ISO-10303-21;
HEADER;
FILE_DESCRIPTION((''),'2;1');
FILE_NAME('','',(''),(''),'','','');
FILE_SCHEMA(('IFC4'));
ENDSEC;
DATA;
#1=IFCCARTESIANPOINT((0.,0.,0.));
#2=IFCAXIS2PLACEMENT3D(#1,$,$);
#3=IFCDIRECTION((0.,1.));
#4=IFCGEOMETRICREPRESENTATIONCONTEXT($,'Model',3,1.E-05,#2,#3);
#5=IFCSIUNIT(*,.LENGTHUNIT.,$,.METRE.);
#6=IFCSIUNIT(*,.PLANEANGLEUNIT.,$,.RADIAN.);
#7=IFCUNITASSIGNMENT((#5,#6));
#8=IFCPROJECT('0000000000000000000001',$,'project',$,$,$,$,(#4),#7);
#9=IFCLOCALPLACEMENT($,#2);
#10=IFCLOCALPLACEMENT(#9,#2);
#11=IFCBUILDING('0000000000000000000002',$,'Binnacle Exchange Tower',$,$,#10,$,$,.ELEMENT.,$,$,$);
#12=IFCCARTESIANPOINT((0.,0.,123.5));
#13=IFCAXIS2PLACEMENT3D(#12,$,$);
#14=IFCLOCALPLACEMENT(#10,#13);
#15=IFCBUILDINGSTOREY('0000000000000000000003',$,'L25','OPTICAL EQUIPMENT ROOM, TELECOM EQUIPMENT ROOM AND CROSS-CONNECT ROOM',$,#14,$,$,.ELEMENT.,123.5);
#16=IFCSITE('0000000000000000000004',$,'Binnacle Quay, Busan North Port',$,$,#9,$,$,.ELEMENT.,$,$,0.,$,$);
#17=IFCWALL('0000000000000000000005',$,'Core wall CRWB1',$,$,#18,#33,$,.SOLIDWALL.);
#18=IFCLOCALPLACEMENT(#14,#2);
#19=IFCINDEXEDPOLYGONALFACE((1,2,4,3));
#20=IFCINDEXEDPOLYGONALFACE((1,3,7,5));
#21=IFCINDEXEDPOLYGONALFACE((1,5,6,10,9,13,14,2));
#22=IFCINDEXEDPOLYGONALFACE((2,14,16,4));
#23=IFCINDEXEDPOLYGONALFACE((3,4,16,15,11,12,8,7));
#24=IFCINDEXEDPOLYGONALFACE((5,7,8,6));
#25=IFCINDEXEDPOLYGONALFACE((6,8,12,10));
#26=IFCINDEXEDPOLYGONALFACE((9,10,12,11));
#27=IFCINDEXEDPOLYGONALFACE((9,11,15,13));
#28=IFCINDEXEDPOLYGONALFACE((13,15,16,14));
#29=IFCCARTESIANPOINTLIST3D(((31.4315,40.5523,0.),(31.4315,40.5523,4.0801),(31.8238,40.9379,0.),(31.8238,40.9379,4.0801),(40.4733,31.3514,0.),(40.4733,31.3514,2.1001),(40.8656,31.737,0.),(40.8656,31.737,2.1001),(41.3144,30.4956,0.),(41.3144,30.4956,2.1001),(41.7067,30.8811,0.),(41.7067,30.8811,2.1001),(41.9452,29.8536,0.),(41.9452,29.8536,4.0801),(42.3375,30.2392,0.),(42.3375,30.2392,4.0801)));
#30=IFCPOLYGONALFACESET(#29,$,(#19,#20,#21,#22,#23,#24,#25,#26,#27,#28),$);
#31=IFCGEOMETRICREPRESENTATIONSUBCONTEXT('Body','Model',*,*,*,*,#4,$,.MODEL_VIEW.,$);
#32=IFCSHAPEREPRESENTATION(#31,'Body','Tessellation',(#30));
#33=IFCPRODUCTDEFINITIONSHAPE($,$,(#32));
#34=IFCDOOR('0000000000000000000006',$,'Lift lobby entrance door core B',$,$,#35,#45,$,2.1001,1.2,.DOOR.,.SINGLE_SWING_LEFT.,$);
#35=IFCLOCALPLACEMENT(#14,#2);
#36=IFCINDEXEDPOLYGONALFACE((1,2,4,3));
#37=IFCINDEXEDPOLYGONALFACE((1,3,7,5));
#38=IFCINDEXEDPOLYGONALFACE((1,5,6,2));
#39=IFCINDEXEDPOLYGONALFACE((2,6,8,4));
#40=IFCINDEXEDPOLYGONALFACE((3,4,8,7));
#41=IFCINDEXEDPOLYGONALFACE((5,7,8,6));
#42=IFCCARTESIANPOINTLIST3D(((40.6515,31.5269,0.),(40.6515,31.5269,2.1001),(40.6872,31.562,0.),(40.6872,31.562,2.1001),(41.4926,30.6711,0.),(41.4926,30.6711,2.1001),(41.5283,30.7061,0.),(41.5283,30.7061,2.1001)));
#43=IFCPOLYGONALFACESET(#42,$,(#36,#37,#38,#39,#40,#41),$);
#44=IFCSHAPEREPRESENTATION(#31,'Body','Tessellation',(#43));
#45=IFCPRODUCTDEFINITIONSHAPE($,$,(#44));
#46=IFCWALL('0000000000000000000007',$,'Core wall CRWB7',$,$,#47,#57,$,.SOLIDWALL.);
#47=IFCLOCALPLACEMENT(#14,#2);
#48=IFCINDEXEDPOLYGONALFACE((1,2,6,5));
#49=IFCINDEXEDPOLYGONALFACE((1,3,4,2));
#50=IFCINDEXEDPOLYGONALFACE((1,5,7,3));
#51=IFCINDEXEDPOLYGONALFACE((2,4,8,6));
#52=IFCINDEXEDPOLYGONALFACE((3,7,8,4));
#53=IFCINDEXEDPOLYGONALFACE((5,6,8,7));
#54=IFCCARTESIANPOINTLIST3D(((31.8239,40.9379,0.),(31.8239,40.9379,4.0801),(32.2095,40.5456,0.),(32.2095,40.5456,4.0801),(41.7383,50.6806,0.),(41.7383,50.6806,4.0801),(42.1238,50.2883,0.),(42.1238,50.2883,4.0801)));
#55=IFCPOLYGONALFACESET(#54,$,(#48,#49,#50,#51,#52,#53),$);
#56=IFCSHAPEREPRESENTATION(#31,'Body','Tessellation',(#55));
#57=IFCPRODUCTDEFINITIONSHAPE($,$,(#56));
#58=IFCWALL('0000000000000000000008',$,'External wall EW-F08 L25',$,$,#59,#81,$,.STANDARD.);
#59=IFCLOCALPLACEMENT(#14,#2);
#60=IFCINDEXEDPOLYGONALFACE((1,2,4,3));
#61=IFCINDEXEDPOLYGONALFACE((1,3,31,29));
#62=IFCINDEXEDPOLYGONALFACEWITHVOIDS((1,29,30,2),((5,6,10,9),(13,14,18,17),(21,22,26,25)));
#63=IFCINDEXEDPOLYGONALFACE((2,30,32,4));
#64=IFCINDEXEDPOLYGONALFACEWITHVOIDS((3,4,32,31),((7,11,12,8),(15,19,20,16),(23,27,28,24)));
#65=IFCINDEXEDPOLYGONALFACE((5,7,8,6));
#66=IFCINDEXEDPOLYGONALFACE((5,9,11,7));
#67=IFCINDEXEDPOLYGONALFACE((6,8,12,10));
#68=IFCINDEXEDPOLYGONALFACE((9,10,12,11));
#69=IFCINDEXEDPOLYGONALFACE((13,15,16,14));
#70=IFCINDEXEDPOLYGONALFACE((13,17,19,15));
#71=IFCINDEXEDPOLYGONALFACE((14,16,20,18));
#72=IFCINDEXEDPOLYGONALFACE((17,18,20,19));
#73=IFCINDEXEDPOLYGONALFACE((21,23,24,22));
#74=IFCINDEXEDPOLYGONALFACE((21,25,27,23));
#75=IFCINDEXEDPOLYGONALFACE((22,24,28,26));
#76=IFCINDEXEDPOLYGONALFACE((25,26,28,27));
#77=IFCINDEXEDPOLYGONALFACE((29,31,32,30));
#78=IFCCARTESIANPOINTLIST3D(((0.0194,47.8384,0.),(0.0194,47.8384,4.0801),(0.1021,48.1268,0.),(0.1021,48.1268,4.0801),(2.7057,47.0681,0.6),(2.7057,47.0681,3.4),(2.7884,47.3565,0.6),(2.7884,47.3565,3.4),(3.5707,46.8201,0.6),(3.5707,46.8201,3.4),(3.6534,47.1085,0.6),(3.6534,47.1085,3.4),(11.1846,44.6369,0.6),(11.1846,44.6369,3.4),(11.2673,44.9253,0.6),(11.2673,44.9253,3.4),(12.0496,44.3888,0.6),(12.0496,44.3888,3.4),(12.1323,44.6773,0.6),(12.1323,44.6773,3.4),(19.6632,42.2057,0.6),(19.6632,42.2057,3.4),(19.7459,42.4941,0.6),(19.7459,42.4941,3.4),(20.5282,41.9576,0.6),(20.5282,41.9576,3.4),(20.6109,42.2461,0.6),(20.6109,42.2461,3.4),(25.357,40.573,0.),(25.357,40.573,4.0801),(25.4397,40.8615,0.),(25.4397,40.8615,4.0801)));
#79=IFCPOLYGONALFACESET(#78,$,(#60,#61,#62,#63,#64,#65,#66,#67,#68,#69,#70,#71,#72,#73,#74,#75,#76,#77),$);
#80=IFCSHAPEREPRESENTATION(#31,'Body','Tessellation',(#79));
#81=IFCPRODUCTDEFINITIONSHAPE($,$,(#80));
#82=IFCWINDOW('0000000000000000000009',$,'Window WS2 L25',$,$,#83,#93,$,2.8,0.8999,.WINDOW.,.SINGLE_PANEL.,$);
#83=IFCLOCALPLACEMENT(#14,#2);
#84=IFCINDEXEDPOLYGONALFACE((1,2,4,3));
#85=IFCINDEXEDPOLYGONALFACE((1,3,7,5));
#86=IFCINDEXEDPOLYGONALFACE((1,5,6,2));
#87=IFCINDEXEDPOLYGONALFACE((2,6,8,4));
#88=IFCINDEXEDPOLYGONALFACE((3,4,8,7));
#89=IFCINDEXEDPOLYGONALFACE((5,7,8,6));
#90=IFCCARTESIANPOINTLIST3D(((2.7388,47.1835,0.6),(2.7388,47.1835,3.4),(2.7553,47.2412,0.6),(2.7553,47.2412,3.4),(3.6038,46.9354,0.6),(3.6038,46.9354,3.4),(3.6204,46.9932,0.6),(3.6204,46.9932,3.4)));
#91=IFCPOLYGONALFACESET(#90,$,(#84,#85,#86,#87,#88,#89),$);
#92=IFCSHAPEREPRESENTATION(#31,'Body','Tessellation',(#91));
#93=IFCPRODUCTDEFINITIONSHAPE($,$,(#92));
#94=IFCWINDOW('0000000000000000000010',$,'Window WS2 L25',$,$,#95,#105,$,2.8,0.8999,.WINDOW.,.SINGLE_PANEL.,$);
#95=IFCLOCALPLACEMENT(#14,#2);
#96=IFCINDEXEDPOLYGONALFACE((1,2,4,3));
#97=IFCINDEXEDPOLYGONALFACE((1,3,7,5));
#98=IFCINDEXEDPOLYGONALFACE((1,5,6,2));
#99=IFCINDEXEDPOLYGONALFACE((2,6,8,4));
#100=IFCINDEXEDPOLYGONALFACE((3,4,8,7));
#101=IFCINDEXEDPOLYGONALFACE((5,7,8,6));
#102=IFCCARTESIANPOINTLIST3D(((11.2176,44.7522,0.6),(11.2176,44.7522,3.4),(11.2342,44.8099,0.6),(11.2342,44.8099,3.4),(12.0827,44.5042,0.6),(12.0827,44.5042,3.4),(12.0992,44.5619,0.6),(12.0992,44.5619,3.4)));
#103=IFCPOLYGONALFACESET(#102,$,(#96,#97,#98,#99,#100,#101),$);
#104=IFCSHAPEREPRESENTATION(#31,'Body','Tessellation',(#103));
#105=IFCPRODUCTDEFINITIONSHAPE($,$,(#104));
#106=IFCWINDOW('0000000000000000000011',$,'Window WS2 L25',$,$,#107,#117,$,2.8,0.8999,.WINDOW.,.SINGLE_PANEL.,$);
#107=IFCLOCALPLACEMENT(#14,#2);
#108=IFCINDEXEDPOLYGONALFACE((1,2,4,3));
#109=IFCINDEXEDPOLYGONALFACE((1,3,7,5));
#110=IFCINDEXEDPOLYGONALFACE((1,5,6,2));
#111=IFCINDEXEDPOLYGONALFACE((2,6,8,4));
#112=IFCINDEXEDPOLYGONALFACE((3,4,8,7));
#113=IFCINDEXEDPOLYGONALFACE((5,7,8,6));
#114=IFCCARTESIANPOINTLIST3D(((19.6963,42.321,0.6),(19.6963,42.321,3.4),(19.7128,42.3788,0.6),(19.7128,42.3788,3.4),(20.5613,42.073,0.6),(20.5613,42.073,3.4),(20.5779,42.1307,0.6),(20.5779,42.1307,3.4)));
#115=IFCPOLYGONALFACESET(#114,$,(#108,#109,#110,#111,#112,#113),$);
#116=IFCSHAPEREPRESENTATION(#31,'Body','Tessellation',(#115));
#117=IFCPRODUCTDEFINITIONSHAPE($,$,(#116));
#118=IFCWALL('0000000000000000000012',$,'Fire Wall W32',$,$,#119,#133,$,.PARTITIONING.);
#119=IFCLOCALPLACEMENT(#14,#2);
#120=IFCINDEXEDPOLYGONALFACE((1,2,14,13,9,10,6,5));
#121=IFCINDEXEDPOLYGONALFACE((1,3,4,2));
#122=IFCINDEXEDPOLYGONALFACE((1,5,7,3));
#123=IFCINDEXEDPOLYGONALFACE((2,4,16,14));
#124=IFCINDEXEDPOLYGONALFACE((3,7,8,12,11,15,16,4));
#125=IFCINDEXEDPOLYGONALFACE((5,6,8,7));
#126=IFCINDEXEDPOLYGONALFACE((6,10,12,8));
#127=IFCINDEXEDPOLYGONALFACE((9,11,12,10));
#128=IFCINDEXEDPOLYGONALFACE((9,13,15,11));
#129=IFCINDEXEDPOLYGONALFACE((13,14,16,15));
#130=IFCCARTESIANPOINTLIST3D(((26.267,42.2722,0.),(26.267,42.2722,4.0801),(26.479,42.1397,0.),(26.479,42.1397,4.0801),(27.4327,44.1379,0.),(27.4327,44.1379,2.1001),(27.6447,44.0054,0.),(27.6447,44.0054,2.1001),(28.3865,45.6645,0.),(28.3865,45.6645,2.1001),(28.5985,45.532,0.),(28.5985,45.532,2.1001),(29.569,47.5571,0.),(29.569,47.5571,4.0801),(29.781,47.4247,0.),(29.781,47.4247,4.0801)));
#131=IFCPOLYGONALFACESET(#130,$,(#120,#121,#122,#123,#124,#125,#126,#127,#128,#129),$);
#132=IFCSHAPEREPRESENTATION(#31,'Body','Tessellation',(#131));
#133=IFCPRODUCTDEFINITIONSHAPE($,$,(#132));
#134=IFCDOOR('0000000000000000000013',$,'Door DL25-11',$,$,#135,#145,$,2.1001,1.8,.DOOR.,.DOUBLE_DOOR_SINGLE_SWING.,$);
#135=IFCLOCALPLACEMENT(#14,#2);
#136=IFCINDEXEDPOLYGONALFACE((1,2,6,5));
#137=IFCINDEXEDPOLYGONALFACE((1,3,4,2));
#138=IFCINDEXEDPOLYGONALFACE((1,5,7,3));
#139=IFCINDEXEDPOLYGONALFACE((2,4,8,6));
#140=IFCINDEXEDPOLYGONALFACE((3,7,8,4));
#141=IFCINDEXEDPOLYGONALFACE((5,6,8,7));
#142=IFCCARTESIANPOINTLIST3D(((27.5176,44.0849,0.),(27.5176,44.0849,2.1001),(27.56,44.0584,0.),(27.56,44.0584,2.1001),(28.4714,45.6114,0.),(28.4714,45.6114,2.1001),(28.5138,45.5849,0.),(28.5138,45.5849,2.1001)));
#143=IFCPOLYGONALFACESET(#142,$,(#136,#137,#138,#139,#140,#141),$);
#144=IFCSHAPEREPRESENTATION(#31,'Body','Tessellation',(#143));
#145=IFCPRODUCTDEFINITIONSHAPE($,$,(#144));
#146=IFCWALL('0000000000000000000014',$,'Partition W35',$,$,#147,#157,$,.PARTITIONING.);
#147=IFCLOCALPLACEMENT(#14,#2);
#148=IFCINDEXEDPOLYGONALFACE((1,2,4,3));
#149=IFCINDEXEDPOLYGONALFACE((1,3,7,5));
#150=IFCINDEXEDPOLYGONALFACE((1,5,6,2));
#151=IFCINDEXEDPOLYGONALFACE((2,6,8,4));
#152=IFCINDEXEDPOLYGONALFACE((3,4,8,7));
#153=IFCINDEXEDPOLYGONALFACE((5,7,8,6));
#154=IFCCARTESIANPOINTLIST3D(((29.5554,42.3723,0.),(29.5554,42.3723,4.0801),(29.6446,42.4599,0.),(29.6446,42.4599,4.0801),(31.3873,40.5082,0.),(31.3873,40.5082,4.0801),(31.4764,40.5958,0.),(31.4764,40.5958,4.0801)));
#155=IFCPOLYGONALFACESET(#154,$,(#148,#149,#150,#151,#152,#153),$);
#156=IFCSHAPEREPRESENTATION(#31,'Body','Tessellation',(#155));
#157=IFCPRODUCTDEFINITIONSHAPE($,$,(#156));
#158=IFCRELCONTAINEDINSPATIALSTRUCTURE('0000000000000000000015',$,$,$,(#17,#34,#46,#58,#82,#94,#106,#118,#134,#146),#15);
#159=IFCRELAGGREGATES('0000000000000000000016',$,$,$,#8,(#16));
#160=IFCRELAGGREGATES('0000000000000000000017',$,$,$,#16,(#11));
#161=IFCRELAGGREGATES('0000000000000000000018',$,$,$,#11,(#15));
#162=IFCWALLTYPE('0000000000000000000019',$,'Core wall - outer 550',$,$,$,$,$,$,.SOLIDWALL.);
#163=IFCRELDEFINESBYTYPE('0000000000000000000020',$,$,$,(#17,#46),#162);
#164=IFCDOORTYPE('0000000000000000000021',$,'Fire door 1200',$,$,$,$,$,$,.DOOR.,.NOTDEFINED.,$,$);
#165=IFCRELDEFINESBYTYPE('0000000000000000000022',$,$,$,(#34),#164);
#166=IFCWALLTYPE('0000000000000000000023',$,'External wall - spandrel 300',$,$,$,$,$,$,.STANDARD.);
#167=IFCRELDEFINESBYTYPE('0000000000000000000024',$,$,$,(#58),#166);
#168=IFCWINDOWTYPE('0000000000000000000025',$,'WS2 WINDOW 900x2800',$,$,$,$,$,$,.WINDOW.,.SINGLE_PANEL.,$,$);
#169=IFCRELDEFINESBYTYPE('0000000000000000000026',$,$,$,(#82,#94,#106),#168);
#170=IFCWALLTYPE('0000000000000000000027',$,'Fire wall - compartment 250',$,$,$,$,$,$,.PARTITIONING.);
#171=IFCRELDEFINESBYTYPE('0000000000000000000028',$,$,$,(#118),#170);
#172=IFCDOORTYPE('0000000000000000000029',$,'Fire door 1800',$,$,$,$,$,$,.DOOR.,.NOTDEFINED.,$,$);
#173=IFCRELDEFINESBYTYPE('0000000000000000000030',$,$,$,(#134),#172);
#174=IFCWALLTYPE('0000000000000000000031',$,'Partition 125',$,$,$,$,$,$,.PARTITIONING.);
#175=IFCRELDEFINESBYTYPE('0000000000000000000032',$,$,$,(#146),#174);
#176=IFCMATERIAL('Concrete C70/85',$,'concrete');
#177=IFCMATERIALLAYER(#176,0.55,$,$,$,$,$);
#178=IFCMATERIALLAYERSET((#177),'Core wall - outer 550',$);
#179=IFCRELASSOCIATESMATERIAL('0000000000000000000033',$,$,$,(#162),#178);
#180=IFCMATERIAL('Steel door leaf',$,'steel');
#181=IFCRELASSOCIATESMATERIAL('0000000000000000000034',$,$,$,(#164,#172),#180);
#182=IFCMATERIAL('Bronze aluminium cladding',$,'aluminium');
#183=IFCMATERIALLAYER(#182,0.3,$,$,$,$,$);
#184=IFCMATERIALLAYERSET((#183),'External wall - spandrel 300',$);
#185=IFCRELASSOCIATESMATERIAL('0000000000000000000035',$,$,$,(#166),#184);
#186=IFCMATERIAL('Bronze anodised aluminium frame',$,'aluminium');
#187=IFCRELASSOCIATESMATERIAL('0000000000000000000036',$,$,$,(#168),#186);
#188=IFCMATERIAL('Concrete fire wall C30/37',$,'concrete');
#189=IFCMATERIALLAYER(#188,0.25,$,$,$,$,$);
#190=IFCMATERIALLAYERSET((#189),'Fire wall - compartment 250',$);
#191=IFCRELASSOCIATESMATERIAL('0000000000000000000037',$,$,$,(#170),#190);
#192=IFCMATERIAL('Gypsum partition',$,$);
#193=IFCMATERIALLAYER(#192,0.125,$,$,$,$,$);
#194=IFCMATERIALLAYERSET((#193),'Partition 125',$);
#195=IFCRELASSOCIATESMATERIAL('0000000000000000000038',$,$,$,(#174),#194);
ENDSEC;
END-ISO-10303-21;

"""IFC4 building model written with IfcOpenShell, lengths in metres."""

from ifc_helpers import new_model, si_unit, direction, frame, frame_2d, origin, place, context, subcontext, project, spatial, rectangle, extrude, material, layer, layer_set, type_object, element, fill, save


model = new_model("IFC4")

# Units and contexts
model_context = context("Model", 3, precision=1e-05, world=origin(), true_north=direction((0.0, 1.0)))
body_context = subcontext(model_context, "Body", "Model", "MODEL_VIEW")
ifc_project = project(units=[si_unit("LENGTHUNIT", "METRE"), si_unit("PLANEANGLEUNIT", "RADIAN")], contexts=[model_context])

# Site, building, storey
site_placement = place(None, origin())
site = spatial("IfcSite", under=ifc_project, at=site_placement, Name="Binnacle Quay, Busan North Port", CompositionType="ELEMENT", RefElevation=0.0)
building_placement = place(site_placement, origin())
building = spatial("IfcBuilding", under=site, at=building_placement, Name="Binnacle Exchange Tower", CompositionType="ELEMENT")
storey_placement = place(building_placement, frame((0.0, 0.0, 123.5)))
storey = spatial("IfcBuildingStorey", under=building, at=storey_placement, Name="L25", Description="OPTICAL EQUIPMENT ROOM, TELECOM EQUIPMENT ROOM AND CROSS-CONNECT ROOM", CompositionType="ELEMENT", Elevation=123.5)

# Shared definitions
ifc_material_1 = material(Name="Concrete C70/85", Category="concrete")

# Wall, opening, door
ifc_layer_1 = layer(ifc_material_1, 0.55)
ifc_layer_set_1 = layer_set([ifc_layer_1], Name="Core wall - outer 550")
wall_type_1 = type_object("IfcWallType", Name="Core wall - outer 550", PredefinedType="SOLIDWALL", material=ifc_layer_set_1)
wall_1_placement = place(storey_placement, frame((31.6277, 40.7451, 0.0), z_axis=(0.0, 0.0, 1.0), x_axis=(0.700911, -0.713248, 0.0)))
wall_1 = element("IfcWall", 1, at=wall_1_placement, inside=storey, type_object=wall_type_1, Name="Core wall CRWB1", PredefinedType="SOLIDWALL", context=body_context, shape_type="SweptSolid", body=[
    extrude(rectangle(XDim=15.0, YDim=0.55, at=frame_2d((7.5, 0.0))), origin(), (0.0, 0.0, 1.0), 4.0801),
])
opening_1_placement = place(wall_1_placement, frame((12.8999, 0.0, 0.0)))
opening_1 = element("IfcOpeningElement", 2, at=opening_1_placement, cuts=wall_1, PredefinedType="OPENING", context=body_context, shape_type="SweptSolid", body=[
    extrude(rectangle(XDim=1.2, YDim=2.1001, at=frame_2d((0.6001, 1.05))), frame((0.0, 0.2849, 0.0), z_axis=(0.0, -1.0, 0.0), x_axis=(1.0, 0.0, 0.0)), (0.0, 0.0, 1.0), 0.5701),
])
ifc_material_2 = material(Name="Steel door leaf", Category="steel")
door_type_1 = type_object("IfcDoorType", Name="Fire door 1200", OperationType="NOTDEFINED", PredefinedType="DOOR", material=ifc_material_2)
door_1_placement = place(opening_1_placement, frame((1.2, 0.0, 0.0), z_axis=(0.0, 0.0, 1.0), x_axis=(-1.0, 0.0, 0.0)))
door_1 = element("IfcDoor", 3, at=door_1_placement, inside=storey, type_object=door_type_1, Name="Lift lobby entrance door core B", OperationType="SINGLE_SWING_LEFT", OverallHeight=2.1001, OverallWidth=1.2, PredefinedType="DOOR", context=body_context, shape_type="SweptSolid", body=[
    extrude(rectangle(XDim=1.2, YDim=2.1001, at=frame_2d((0.6001, 1.05))), frame((0.0, 0.0249, 0.0), z_axis=(0.0, -1.0, 0.0), x_axis=(1.0, 0.0, 0.0)), (0.0, 0.0, 1.0), 0.05),
])
fill(opening_1, door_1)

# Wall
wall_2_placement = place(storey_placement, frame((32.0166, 40.7417, 0.0), z_axis=(0.0, 0.0, 1.0), x_axis=(0.713254, 0.700906, 0.0)))
element("IfcWall", 4, at=wall_2_placement, inside=storey, type_object=wall_type_1, Name="Core wall CRWB7", PredefinedType="SOLIDWALL", context=body_context, shape_type="SweptSolid", body=[
    extrude(rectangle(XDim=13.9001, YDim=0.55, at=frame_2d((6.9502, 0.0))), origin(), (0.0, 0.0, 1.0), 4.0801),
])

# Wall, openings, windows
ifc_material_3 = material(Name="Bronze aluminium cladding", Category="aluminium")
ifc_layer_2 = layer(ifc_material_3, 0.3)
ifc_layer_set_2 = layer_set([ifc_layer_2], Name="External wall - spandrel 300")
wall_type_2 = type_object("IfcWallType", Name="External wall - spandrel 300", PredefinedType="STANDARD", material=ifc_layer_set_2)
wall_3_placement = place(storey_placement, frame((25.3982, 40.7173, 0.0), z_axis=(0.0, 0.0, 1.0), x_axis=(-0.961262, 0.275635, 0.0)))
wall_3 = element("IfcWall", 5, at=wall_3_placement, inside=storey, type_object=wall_type_2, Name="External wall EW-F08 L25", PredefinedType="STANDARD", context=body_context, shape_type="SweptSolid", body=[
    extrude(rectangle(XDim=26.3586, YDim=0.3, at=frame_2d((13.1792, 0.0))), origin(), (0.0, 0.0, 1.0), 4.0801),
])
opening_2_placement = place(wall_3_placement, frame((22.6641, 0.0, 0.6001)))
opening_2 = element("IfcOpeningElement", 6, at=opening_2_placement, cuts=wall_3, PredefinedType="OPENING", context=body_context, shape_type="SweptSolid", body=[
    extrude(rectangle(XDim=0.8999, YDim=2.8, at=frame_2d((0.45, 1.3999))), frame((0.0, 0.1599, 0.0), z_axis=(0.0, -1.0, 0.0), x_axis=(1.0, 0.0, 0.0)), (0.0, 0.0, 1.0), 0.3201),
])
opening_3_placement = place(wall_3_placement, frame((13.8435, 0.0, 0.6001)))
opening_3 = element("IfcOpeningElement", 7, at=opening_3_placement, cuts=wall_3, PredefinedType="OPENING", context=body_context, shape_type="SweptSolid", body=[
    extrude(rectangle(XDim=0.8999, YDim=2.8, at=frame_2d((0.45, 1.3999))), frame((0.0, 0.1599, 0.0), z_axis=(0.0, -1.0, 0.0), x_axis=(1.0, 0.0, 0.0)), (0.0, 0.0, 1.0), 0.3201),
])
opening_4_placement = place(wall_3_placement, frame((5.0232, 0.0, 0.6001)))
opening_4 = element("IfcOpeningElement", 8, at=opening_4_placement, cuts=wall_3, PredefinedType="OPENING", context=body_context, shape_type="SweptSolid", body=[
    extrude(rectangle(XDim=0.8999, YDim=2.8, at=frame_2d((0.45, 1.3999))), frame((0.0, 0.1599, 0.0), z_axis=(0.0, -1.0, 0.0), x_axis=(1.0, 0.0, 0.0)), (0.0, 0.0, 1.0), 0.3201),
])
ifc_material_4 = material(Name="Bronze anodised aluminium frame", Category="aluminium")
window_type = type_object("IfcWindowType", Name="WS2 WINDOW 900x2800", PartitioningType="SINGLE_PANEL", PredefinedType="WINDOW", material=ifc_material_4)
window_1_placement = place(opening_2_placement, origin())
window_1 = element("IfcWindow", 9, at=window_1_placement, inside=storey, type_object=window_type, Name="Window WS2 L25", OverallHeight=2.8, OverallWidth=0.8999, PartitioningType="SINGLE_PANEL", PredefinedType="WINDOW", context=body_context, shape_type="SweptSolid", body=[
    extrude(rectangle(XDim=0.8999, YDim=2.8, at=frame_2d((0.45, 1.3999))), frame((0.0, 0.03, 0.0), z_axis=(0.0, -1.0, 0.0), x_axis=(1.0, 0.0, 0.0)), (0.0, 0.0, 1.0), 0.0601),
])
fill(opening_2, window_1)
window_2_placement = place(opening_3_placement, origin())
window_2 = element("IfcWindow", 10, at=window_2_placement, inside=storey, type_object=window_type, Name="Window WS2 L25", OverallHeight=2.8, OverallWidth=0.8999, PartitioningType="SINGLE_PANEL", PredefinedType="WINDOW", context=body_context, shape_type="SweptSolid", body=[
    extrude(rectangle(XDim=0.8999, YDim=2.8, at=frame_2d((0.45, 1.3999))), frame((0.0, 0.03, 0.0), z_axis=(0.0, -1.0, 0.0), x_axis=(1.0, 0.0, 0.0)), (0.0, 0.0, 1.0), 0.0601),
])
fill(opening_3, window_2)
window_3_placement = place(opening_4_placement, origin())
window_3 = element("IfcWindow", 11, at=window_3_placement, inside=storey, type_object=window_type, Name="Window WS2 L25", OverallHeight=2.8, OverallWidth=0.8999, PartitioningType="SINGLE_PANEL", PredefinedType="WINDOW", context=body_context, shape_type="SweptSolid", body=[
    extrude(rectangle(XDim=0.8999, YDim=2.8, at=frame_2d((0.45, 1.3999))), frame((0.0, 0.03, 0.0), z_axis=(0.0, -1.0, 0.0), x_axis=(1.0, 0.0, 0.0)), (0.0, 0.0, 1.0), 0.0601),
])
fill(opening_4, window_3)

# Wall, opening, door
ifc_material_5 = material(Name="Concrete fire wall C30/37", Category="concrete")
ifc_layer_3 = layer(ifc_material_5, 0.25)
ifc_layer_set_3 = layer_set([ifc_layer_3], Name="Fire wall - compartment 250")
wall_type_3 = type_object("IfcWallType", Name="Fire wall - compartment 250", PredefinedType="PARTITIONING", material=ifc_layer_set_3)
wall_4_placement = place(storey_placement, frame((26.373, 42.2061, 0.0), z_axis=(0.0, 0.0, 1.0), x_axis=(0.529876, 0.848075, 0.0)))
wall_4 = element("IfcWall", 12, at=wall_4_placement, inside=storey, type_object=wall_type_3, Name="Fire Wall W32", PredefinedType="PARTITIONING", context=body_context, shape_type="SweptSolid", body=[
    extrude(rectangle(XDim=6.2317, YDim=0.25, at=frame_2d((3.1157, 0.0))), origin(), (0.0, 0.0, 1.0), 4.0801),
])
opening_5_placement = place(wall_4_placement, frame((2.2, 0.0, 0.0)))
opening_5 = element("IfcOpeningElement", 13, at=opening_5_placement, cuts=wall_4, PredefinedType="OPENING", context=body_context, shape_type="SweptSolid", body=[
    extrude(rectangle(XDim=1.8, YDim=2.1001, at=frame_2d((0.8999, 1.05))), frame((0.0, 0.135, 0.0), z_axis=(0.0, -1.0, 0.0), x_axis=(1.0, 0.0, 0.0)), (0.0, 0.0, 1.0), 0.27),
])
door_type_2 = type_object("IfcDoorType", Name="Fire door 1800", OperationType="NOTDEFINED", PredefinedType="DOOR", material=ifc_material_2)
door_2_placement = place(opening_5_placement, origin())
door_2 = element("IfcDoor", 14, at=door_2_placement, inside=storey, type_object=door_type_2, Name="Door DL25-11", OperationType="DOUBLE_DOOR_SINGLE_SWING", OverallHeight=2.1001, OverallWidth=1.8, PredefinedType="DOOR", context=body_context, shape_type="SweptSolid", body=[
    extrude(rectangle(XDim=1.8, YDim=2.1001, at=frame_2d((0.8999, 1.05))), frame((0.0, 0.0249, 0.0), z_axis=(0.0, -1.0, 0.0), x_axis=(1.0, 0.0, 0.0)), (0.0, 0.0, 1.0), 0.05),
])
fill(opening_5, door_2)

# Wall
ifc_material_6 = material(Name="Gypsum partition")
ifc_layer_4 = layer(ifc_material_6, 0.125)
ifc_layer_set_4 = layer_set([ifc_layer_4], Name="Partition 125")
wall_type_4 = type_object("IfcWallType", Name="Partition 125", PredefinedType="PARTITIONING", material=ifc_layer_set_4)
wall_5_placement = place(storey_placement, frame((29.6001, 42.416, 0.0), z_axis=(0.0, 0.0, 1.0), x_axis=(0.700914, -0.713245, 0.0)))
element("IfcWall", 15, at=wall_5_placement, inside=storey, type_object=wall_type_4, Name="Partition W35", PredefinedType="PARTITIONING", context=body_context, shape_type="SweptSolid", body=[
    extrude(rectangle(XDim=2.6135, YDim=0.125, at=frame_2d((1.3066, 0.0))), origin(), (0.0, 0.0, 1.0), 4.0801),
])

save(model, "model.ifc")
